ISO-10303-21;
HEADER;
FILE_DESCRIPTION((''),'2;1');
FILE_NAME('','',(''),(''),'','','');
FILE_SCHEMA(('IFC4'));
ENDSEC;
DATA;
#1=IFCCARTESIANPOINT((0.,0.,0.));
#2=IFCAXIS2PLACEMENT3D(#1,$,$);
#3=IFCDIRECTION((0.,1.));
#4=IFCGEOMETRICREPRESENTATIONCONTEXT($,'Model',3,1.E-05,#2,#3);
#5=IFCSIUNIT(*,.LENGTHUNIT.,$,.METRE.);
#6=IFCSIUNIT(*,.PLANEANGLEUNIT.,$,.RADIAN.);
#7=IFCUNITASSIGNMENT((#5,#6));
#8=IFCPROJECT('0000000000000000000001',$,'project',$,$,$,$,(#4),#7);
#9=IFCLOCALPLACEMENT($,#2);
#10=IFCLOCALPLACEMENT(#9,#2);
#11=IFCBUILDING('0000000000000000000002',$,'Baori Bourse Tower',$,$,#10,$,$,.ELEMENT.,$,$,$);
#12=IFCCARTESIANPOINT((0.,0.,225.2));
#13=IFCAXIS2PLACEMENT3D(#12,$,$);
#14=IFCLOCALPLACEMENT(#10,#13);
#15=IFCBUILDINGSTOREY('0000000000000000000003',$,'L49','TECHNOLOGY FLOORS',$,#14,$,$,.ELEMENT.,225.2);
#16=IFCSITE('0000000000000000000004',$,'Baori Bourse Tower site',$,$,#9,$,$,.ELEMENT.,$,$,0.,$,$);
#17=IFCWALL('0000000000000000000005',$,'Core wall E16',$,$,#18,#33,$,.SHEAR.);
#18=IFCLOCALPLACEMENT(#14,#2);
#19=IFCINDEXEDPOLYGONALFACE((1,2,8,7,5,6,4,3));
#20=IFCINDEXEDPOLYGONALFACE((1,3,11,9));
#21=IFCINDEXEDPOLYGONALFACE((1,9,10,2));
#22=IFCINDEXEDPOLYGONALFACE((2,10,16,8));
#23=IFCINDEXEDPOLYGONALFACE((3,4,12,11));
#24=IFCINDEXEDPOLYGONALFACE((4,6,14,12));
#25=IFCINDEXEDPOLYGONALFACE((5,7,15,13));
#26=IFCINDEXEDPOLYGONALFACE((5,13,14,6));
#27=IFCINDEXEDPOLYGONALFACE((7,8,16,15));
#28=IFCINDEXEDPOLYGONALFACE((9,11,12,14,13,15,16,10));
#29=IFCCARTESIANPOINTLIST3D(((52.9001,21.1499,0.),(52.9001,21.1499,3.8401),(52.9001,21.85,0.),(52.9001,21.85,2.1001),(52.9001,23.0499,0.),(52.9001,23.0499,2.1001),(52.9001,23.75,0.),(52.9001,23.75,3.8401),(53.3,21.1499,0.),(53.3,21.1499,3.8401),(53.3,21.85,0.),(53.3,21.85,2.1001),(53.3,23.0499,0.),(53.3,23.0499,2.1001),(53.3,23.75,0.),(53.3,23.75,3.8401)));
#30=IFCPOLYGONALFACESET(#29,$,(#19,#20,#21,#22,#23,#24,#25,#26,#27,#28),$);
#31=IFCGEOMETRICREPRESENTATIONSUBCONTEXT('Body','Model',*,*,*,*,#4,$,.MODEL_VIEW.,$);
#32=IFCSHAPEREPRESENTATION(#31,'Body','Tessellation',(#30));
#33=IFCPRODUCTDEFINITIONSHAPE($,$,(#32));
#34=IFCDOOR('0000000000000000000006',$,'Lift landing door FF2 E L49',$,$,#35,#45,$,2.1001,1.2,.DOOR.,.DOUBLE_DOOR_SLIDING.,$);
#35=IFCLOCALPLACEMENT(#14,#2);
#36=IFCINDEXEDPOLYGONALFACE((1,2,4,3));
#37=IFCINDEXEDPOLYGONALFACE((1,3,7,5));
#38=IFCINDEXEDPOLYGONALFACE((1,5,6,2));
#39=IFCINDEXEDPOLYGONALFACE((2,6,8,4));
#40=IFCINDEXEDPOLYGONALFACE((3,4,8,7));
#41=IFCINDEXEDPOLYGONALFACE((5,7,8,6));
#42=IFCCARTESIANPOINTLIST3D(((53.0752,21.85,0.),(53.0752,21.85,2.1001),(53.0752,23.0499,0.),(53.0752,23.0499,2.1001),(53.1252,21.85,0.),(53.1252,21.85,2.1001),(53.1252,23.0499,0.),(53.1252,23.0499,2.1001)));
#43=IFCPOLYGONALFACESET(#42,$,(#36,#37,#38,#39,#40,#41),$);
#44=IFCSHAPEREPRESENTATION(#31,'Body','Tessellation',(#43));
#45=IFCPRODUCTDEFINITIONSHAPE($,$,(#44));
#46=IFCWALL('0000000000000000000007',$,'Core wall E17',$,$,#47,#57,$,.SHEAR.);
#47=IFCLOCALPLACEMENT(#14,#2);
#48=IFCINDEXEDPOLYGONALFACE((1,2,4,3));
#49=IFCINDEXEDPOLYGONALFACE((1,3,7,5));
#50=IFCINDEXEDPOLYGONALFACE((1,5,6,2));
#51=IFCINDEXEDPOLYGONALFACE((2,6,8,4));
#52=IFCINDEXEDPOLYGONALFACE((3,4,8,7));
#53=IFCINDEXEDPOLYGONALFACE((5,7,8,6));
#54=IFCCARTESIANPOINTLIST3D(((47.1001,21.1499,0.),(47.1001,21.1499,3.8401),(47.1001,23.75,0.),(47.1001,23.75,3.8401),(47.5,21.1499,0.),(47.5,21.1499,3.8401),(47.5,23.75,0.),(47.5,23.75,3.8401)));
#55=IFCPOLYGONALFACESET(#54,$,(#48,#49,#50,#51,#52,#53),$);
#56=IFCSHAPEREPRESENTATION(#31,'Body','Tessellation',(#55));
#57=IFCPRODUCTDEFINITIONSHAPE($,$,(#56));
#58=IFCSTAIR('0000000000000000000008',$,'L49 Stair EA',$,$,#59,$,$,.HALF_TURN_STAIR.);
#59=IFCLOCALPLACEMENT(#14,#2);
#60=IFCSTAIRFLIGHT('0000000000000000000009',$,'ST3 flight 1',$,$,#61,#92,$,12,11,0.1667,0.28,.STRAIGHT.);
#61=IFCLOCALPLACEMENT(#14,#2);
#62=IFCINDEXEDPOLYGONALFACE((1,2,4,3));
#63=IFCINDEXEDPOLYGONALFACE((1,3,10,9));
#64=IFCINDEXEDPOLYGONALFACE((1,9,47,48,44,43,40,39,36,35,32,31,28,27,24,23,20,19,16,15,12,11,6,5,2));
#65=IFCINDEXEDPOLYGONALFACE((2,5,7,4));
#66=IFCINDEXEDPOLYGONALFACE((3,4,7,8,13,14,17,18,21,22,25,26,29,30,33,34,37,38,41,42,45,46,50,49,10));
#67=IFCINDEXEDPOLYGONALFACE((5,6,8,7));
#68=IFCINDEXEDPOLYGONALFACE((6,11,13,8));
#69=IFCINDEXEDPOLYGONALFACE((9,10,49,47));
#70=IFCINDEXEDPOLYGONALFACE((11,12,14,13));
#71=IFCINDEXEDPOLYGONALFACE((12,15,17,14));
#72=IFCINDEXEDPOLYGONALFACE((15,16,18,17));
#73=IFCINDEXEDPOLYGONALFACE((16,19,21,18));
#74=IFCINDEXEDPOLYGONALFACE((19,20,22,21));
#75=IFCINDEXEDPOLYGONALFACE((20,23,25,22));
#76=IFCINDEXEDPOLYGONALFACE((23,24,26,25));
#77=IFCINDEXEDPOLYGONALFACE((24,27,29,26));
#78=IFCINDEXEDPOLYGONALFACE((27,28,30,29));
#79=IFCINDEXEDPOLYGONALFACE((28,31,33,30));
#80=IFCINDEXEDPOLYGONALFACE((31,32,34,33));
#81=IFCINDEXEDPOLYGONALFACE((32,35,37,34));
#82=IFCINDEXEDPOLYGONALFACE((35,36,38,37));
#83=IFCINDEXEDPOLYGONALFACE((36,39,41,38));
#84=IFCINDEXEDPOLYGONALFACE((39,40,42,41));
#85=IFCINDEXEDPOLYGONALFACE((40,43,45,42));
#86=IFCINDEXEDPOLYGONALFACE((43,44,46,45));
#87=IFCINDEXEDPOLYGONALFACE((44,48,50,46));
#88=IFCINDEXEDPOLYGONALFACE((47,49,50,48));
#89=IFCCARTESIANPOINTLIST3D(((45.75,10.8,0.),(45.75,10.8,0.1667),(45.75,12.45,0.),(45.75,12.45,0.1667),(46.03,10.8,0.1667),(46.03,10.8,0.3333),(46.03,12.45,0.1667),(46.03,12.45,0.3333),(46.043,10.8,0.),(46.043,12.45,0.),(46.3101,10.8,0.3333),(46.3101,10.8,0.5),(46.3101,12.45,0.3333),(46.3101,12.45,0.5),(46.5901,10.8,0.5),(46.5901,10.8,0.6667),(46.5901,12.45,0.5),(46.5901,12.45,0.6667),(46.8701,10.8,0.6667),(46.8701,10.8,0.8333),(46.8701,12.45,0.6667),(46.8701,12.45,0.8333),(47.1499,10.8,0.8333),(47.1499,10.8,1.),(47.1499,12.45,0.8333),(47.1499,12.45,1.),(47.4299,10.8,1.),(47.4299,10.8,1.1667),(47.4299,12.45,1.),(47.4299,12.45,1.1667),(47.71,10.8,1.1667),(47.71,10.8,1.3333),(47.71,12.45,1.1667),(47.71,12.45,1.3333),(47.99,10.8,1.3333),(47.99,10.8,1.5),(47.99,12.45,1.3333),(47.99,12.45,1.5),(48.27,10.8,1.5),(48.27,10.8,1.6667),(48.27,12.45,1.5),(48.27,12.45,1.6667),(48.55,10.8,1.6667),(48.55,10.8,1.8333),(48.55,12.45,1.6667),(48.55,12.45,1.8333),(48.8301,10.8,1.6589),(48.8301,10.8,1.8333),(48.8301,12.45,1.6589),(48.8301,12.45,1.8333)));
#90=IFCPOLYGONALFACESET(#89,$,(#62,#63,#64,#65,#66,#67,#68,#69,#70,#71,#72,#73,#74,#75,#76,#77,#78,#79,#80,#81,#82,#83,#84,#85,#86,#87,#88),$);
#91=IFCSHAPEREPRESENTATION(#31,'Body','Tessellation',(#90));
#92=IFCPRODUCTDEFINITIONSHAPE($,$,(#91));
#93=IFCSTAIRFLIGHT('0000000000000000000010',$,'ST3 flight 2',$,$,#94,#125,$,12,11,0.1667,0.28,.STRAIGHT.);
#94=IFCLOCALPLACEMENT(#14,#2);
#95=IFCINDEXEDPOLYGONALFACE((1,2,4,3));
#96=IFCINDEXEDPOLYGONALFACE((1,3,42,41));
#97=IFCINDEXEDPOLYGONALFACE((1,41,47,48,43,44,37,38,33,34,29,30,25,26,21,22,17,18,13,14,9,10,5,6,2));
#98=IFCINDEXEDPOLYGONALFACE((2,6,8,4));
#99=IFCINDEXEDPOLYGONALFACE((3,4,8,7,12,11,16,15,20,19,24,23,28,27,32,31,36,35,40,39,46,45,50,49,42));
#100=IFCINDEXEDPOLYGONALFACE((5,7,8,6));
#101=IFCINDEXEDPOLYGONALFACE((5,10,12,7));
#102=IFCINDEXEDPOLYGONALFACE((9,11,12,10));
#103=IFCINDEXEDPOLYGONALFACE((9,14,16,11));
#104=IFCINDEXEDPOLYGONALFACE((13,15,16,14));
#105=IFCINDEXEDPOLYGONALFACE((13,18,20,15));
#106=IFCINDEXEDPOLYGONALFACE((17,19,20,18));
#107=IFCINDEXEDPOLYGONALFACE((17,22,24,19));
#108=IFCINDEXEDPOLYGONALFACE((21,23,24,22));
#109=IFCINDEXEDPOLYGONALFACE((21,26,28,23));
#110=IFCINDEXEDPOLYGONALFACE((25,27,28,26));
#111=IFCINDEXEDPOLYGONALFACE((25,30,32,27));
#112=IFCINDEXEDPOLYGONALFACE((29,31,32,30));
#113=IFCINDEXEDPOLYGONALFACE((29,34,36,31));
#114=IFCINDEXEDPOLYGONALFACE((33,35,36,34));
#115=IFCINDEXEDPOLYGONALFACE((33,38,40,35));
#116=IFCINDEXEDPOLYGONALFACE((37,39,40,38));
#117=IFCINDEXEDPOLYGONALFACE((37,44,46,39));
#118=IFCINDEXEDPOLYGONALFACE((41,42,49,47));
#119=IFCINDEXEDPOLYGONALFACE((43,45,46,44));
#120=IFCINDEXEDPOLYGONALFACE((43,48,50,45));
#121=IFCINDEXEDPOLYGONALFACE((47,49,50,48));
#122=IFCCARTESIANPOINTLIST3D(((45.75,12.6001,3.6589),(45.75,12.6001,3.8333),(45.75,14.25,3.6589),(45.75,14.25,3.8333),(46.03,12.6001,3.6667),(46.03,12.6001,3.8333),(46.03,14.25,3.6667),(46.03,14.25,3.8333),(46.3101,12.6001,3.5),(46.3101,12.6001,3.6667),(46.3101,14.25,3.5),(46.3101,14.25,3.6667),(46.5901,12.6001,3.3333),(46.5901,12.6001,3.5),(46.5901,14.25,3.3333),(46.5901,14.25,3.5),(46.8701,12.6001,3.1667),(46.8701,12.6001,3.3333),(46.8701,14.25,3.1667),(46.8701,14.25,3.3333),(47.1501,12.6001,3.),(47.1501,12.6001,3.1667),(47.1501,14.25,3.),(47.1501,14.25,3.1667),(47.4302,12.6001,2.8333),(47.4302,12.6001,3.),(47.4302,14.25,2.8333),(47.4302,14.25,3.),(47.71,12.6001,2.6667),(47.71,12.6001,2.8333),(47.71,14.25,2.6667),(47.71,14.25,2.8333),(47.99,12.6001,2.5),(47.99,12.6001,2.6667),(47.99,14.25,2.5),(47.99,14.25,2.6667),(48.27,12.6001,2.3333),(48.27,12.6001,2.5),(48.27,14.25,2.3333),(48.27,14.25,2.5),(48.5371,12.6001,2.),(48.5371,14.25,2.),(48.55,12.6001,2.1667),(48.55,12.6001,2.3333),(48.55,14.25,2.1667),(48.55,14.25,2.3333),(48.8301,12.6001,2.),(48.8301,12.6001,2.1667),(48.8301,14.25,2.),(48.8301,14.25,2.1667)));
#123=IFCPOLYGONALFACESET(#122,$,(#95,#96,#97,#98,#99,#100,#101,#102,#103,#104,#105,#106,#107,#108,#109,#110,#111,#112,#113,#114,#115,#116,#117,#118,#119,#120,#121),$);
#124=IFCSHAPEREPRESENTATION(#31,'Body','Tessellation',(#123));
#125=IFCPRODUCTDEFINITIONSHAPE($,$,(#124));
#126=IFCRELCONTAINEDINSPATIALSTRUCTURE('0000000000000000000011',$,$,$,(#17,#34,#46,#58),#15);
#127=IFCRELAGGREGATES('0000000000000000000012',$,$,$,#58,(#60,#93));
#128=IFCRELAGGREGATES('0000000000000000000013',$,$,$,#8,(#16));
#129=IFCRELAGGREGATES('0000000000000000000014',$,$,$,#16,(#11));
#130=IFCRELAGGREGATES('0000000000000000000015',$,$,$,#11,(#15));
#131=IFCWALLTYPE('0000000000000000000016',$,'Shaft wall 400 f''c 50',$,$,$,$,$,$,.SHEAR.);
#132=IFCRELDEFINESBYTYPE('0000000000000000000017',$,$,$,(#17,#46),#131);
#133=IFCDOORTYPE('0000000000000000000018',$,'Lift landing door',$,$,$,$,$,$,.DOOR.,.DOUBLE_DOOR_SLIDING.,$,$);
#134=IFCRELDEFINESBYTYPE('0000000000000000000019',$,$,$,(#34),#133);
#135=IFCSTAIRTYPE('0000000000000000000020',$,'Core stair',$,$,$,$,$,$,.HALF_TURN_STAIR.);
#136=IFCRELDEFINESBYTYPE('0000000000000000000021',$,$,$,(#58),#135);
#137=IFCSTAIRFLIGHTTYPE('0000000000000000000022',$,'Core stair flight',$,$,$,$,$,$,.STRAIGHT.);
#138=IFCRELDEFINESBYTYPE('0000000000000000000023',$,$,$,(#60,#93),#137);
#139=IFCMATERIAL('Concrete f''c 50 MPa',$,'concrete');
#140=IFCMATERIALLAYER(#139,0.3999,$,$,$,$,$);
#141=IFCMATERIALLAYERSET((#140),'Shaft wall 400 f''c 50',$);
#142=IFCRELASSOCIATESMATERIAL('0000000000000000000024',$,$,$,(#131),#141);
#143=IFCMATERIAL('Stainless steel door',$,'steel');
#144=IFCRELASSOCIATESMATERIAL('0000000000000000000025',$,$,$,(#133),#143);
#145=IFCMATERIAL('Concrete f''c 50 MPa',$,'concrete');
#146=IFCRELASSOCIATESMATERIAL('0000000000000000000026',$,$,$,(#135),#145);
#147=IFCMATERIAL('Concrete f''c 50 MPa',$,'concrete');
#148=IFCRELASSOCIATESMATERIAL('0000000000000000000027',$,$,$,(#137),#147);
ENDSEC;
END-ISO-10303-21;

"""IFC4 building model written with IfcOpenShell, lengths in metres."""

from ifc_helpers import new_model, si_unit, direction, frame, frame_2d, origin, place, context, subcontext, project, spatial, polyline, rectangle, outline, extrude, material, layer, layer_set, type_object, element, fill, aggregate, save


model = new_model("IFC4")

# Units and contexts
model_context = context("Model", 3, precision=1e-05, world=origin(), true_north=direction((0.0, 1.0)))
body_context = subcontext(model_context, "Body", "Model", "MODEL_VIEW")
ifc_project = project(units=[si_unit("LENGTHUNIT", "METRE"), si_unit("PLANEANGLEUNIT", "RADIAN")], contexts=[model_context])

# Site, building, storey
site_placement = place(None, origin())
site = spatial("IfcSite", under=ifc_project, at=site_placement, Name="Baori Bourse Tower site", CompositionType="ELEMENT", RefElevation=0.0)
building_placement = place(site_placement, origin())
building = spatial("IfcBuilding", under=site, at=building_placement, Name="Baori Bourse Tower", CompositionType="ELEMENT")
storey_placement = place(building_placement, frame((0.0, 0.0, 225.2)))
storey = spatial("IfcBuildingStorey", under=building, at=storey_placement, Name="L49", Description="TECHNOLOGY FLOORS", CompositionType="ELEMENT", Elevation=225.2)

# Shared definitions
ifc_material_1 = material(Name="Concrete f'c 50 MPa", Category="concrete")
ifc_layer_1 = layer(ifc_material_1, 0.3999)
ifc_layer_set_1 = layer_set([ifc_layer_1], Name="Shaft wall 400 f'c 50")
wall_type_1 = type_object("IfcWallType", Name="Shaft wall 400 f'c 50", PredefinedType="SHEAR", material=ifc_layer_set_1)

# Wall, opening, door
wall_1_placement = place(storey_placement, frame((53.1001, 21.1499, 0.0), z_axis=(0.0, 0.0, 1.0), x_axis=(0.0, 1.0, 0.0)))
wall_1 = element("IfcWall", 1, at=wall_1_placement, inside=storey, type_object=wall_type_1, Name="Core wall E16", PredefinedType="SHEAR", context=body_context, shape_type="SweptSolid", body=[
    extrude(rectangle(XDim=2.6001, YDim=0.3999, at=frame_2d((1.3, 0.0))), origin(), (0.0, 0.0, 1.0), 3.8401),
])
opening_1_placement = place(wall_1_placement, frame((0.7, 0.0, 0.0)))
opening_1 = element("IfcOpeningElement", 2, at=opening_1_placement, cuts=wall_1, PredefinedType="OPENING", context=body_context, shape_type="SweptSolid", body=[
    extrude(rectangle(XDim=1.2, YDim=2.1001, at=frame_2d((0.6001, 1.05))), frame((0.0, 0.21, 0.0), z_axis=(0.0, -1.0, 0.0), x_axis=(1.0, 0.0, 0.0)), (0.0, 0.0, 1.0), 0.4199),
])
ifc_material_2 = material(Name="Stainless steel door", Category="steel")
door_type_1 = type_object("IfcDoorType", Name="Lift landing door", OperationType="DOUBLE_DOOR_SLIDING", PredefinedType="DOOR", material=ifc_material_2)
door_1_placement = place(opening_1_placement, origin())
door_1 = element("IfcDoor", 3, at=door_1_placement, inside=storey, type_object=door_type_1, Name="Lift landing door FF2 E L49", OperationType="DOUBLE_DOOR_SLIDING", OverallHeight=2.1001, OverallWidth=1.2, PredefinedType="DOOR", context=body_context, shape_type="SweptSolid", body=[
    extrude(rectangle(XDim=1.2, YDim=2.1001, at=frame_2d((0.6001, 1.05))), frame((0.0, 0.0249, 0.0), z_axis=(0.0, -1.0, 0.0), x_axis=(1.0, 0.0, 0.0)), (0.0, 0.0, 1.0), 0.05),
])
fill(opening_1, door_1)

# Wall
wall_2_placement = place(storey_placement, frame((47.3, 21.1499, 0.0), z_axis=(0.0, 0.0, 1.0), x_axis=(0.0, 1.0, 0.0)))
element("IfcWall", 4, at=wall_2_placement, inside=storey, type_object=wall_type_1, Name="Core wall E17", PredefinedType="SHEAR", context=body_context, shape_type="SweptSolid", body=[
    extrude(rectangle(XDim=2.6001, YDim=0.3999, at=frame_2d((1.3, 0.0))), origin(), (0.0, 0.0, 1.0), 3.8401),
])

# Stair, stair flights
ifc_material_3 = material(Name="Concrete f'c 50 MPa", Category="concrete")
stair_type = type_object("IfcStairType", Name="Core stair", PredefinedType="HALF_TURN_STAIR", material=ifc_material_3)
stair_placement = place(storey_placement, origin())
stair = element("IfcStair", 5, at=stair_placement, inside=storey, type_object=stair_type, Name="L49 Stair EA", PredefinedType="HALF_TURN_STAIR")
ifc_material_4 = material(Name="Concrete f'c 50 MPa", Category="concrete")
stair_flight_type = type_object("IfcStairFlightType", Name="Core stair flight", PredefinedType="STRAIGHT", material=ifc_material_4)
stair_flight_1_placement = place(storey_placement, frame((45.75, 11.625, 0.0), z_axis=(0.0, 0.0, 1.0), x_axis=(1.0, 0.0, 0.0)))
stair_flight_1 = element("IfcStairFlight", 6, at=stair_flight_1_placement, type_object=stair_flight_type, Name="ST3 flight 1", NumberOfRisers=12, NumberOfTreads=11, PredefinedType="STRAIGHT", RiserHeight=0.1667, TreadLength=0.28, context=body_context, shape_type="SweptSolid", body=[
    extrude(outline(polyline([(0.0, 0.0), (0.0, 0.1667), (0.28, 0.1667), (0.28, 0.3333), (0.5601, 0.3333), (0.5601, 0.5), (0.8401, 0.5), (0.8401, 0.6667), (1.1201, 0.6667), (1.1201, 0.8333), (1.3999, 0.8333), (1.3999, 1.0), (1.6799, 1.0), (1.6799, 1.1667), (1.96, 1.1667), (1.96, 1.3333), (2.24, 1.3333), (2.24, 1.5), (2.52, 1.5), (2.52, 1.6667), (2.8, 1.6667), (2.8, 1.8333), (3.0801, 1.8333), (3.0801, 2.0), (3.0801, 1.6589), (0.293, 0.0), (0.0, 0.0)])), frame((0.0, 0.825, 0.0), z_axis=(0.0, -1.0, 0.0), x_axis=(1.0, 0.0, 0.0)), (0.0, 0.0, 1.0), 1.6499),
])
stair_flight_2_placement = place(storey_placement, frame((48.8301, 13.425, 2.0), z_axis=(0.0, 0.0, 1.0), x_axis=(-1.0, 0.0, 0.0)))
stair_flight_2 = element("IfcStairFlight", 7, at=stair_flight_2_placement, type_object=stair_flight_type, Name="ST3 flight 2", NumberOfRisers=12, NumberOfTreads=11, PredefinedType="STRAIGHT", RiserHeight=0.1667, TreadLength=0.28, context=body_context, shape_type="SweptSolid", body=[
    extrude(outline(polyline([(0.0, 0.0), (0.0, 0.1667), (0.28, 0.1667), (0.28, 0.3333), (0.5601, 0.3333), (0.5601, 0.5), (0.8401, 0.5), (0.8401, 0.6667), (1.1201, 0.6667), (1.1201, 0.8333), (1.3999, 0.8333), (1.3999, 1.0), (1.6799, 1.0), (1.6799, 1.1667), (1.96, 1.1667), (1.96, 1.3333), (2.24, 1.3333), (2.24, 1.5), (2.52, 1.5), (2.52, 1.6667), (2.8, 1.6667), (2.8, 1.8333), (3.0801, 1.8333), (3.0801, 2.0), (3.0801, 1.6589), (0.293, 0.0), (0.0, 0.0)])), frame((0.0, 0.825, 0.0), z_axis=(0.0, -1.0, 0.0), x_axis=(1.0, 0.0, 0.0)), (0.0, 0.0, 1.0), 1.6499),
])
aggregate(stair, [stair_flight_1, stair_flight_2])

save(model, "model.ifc")
